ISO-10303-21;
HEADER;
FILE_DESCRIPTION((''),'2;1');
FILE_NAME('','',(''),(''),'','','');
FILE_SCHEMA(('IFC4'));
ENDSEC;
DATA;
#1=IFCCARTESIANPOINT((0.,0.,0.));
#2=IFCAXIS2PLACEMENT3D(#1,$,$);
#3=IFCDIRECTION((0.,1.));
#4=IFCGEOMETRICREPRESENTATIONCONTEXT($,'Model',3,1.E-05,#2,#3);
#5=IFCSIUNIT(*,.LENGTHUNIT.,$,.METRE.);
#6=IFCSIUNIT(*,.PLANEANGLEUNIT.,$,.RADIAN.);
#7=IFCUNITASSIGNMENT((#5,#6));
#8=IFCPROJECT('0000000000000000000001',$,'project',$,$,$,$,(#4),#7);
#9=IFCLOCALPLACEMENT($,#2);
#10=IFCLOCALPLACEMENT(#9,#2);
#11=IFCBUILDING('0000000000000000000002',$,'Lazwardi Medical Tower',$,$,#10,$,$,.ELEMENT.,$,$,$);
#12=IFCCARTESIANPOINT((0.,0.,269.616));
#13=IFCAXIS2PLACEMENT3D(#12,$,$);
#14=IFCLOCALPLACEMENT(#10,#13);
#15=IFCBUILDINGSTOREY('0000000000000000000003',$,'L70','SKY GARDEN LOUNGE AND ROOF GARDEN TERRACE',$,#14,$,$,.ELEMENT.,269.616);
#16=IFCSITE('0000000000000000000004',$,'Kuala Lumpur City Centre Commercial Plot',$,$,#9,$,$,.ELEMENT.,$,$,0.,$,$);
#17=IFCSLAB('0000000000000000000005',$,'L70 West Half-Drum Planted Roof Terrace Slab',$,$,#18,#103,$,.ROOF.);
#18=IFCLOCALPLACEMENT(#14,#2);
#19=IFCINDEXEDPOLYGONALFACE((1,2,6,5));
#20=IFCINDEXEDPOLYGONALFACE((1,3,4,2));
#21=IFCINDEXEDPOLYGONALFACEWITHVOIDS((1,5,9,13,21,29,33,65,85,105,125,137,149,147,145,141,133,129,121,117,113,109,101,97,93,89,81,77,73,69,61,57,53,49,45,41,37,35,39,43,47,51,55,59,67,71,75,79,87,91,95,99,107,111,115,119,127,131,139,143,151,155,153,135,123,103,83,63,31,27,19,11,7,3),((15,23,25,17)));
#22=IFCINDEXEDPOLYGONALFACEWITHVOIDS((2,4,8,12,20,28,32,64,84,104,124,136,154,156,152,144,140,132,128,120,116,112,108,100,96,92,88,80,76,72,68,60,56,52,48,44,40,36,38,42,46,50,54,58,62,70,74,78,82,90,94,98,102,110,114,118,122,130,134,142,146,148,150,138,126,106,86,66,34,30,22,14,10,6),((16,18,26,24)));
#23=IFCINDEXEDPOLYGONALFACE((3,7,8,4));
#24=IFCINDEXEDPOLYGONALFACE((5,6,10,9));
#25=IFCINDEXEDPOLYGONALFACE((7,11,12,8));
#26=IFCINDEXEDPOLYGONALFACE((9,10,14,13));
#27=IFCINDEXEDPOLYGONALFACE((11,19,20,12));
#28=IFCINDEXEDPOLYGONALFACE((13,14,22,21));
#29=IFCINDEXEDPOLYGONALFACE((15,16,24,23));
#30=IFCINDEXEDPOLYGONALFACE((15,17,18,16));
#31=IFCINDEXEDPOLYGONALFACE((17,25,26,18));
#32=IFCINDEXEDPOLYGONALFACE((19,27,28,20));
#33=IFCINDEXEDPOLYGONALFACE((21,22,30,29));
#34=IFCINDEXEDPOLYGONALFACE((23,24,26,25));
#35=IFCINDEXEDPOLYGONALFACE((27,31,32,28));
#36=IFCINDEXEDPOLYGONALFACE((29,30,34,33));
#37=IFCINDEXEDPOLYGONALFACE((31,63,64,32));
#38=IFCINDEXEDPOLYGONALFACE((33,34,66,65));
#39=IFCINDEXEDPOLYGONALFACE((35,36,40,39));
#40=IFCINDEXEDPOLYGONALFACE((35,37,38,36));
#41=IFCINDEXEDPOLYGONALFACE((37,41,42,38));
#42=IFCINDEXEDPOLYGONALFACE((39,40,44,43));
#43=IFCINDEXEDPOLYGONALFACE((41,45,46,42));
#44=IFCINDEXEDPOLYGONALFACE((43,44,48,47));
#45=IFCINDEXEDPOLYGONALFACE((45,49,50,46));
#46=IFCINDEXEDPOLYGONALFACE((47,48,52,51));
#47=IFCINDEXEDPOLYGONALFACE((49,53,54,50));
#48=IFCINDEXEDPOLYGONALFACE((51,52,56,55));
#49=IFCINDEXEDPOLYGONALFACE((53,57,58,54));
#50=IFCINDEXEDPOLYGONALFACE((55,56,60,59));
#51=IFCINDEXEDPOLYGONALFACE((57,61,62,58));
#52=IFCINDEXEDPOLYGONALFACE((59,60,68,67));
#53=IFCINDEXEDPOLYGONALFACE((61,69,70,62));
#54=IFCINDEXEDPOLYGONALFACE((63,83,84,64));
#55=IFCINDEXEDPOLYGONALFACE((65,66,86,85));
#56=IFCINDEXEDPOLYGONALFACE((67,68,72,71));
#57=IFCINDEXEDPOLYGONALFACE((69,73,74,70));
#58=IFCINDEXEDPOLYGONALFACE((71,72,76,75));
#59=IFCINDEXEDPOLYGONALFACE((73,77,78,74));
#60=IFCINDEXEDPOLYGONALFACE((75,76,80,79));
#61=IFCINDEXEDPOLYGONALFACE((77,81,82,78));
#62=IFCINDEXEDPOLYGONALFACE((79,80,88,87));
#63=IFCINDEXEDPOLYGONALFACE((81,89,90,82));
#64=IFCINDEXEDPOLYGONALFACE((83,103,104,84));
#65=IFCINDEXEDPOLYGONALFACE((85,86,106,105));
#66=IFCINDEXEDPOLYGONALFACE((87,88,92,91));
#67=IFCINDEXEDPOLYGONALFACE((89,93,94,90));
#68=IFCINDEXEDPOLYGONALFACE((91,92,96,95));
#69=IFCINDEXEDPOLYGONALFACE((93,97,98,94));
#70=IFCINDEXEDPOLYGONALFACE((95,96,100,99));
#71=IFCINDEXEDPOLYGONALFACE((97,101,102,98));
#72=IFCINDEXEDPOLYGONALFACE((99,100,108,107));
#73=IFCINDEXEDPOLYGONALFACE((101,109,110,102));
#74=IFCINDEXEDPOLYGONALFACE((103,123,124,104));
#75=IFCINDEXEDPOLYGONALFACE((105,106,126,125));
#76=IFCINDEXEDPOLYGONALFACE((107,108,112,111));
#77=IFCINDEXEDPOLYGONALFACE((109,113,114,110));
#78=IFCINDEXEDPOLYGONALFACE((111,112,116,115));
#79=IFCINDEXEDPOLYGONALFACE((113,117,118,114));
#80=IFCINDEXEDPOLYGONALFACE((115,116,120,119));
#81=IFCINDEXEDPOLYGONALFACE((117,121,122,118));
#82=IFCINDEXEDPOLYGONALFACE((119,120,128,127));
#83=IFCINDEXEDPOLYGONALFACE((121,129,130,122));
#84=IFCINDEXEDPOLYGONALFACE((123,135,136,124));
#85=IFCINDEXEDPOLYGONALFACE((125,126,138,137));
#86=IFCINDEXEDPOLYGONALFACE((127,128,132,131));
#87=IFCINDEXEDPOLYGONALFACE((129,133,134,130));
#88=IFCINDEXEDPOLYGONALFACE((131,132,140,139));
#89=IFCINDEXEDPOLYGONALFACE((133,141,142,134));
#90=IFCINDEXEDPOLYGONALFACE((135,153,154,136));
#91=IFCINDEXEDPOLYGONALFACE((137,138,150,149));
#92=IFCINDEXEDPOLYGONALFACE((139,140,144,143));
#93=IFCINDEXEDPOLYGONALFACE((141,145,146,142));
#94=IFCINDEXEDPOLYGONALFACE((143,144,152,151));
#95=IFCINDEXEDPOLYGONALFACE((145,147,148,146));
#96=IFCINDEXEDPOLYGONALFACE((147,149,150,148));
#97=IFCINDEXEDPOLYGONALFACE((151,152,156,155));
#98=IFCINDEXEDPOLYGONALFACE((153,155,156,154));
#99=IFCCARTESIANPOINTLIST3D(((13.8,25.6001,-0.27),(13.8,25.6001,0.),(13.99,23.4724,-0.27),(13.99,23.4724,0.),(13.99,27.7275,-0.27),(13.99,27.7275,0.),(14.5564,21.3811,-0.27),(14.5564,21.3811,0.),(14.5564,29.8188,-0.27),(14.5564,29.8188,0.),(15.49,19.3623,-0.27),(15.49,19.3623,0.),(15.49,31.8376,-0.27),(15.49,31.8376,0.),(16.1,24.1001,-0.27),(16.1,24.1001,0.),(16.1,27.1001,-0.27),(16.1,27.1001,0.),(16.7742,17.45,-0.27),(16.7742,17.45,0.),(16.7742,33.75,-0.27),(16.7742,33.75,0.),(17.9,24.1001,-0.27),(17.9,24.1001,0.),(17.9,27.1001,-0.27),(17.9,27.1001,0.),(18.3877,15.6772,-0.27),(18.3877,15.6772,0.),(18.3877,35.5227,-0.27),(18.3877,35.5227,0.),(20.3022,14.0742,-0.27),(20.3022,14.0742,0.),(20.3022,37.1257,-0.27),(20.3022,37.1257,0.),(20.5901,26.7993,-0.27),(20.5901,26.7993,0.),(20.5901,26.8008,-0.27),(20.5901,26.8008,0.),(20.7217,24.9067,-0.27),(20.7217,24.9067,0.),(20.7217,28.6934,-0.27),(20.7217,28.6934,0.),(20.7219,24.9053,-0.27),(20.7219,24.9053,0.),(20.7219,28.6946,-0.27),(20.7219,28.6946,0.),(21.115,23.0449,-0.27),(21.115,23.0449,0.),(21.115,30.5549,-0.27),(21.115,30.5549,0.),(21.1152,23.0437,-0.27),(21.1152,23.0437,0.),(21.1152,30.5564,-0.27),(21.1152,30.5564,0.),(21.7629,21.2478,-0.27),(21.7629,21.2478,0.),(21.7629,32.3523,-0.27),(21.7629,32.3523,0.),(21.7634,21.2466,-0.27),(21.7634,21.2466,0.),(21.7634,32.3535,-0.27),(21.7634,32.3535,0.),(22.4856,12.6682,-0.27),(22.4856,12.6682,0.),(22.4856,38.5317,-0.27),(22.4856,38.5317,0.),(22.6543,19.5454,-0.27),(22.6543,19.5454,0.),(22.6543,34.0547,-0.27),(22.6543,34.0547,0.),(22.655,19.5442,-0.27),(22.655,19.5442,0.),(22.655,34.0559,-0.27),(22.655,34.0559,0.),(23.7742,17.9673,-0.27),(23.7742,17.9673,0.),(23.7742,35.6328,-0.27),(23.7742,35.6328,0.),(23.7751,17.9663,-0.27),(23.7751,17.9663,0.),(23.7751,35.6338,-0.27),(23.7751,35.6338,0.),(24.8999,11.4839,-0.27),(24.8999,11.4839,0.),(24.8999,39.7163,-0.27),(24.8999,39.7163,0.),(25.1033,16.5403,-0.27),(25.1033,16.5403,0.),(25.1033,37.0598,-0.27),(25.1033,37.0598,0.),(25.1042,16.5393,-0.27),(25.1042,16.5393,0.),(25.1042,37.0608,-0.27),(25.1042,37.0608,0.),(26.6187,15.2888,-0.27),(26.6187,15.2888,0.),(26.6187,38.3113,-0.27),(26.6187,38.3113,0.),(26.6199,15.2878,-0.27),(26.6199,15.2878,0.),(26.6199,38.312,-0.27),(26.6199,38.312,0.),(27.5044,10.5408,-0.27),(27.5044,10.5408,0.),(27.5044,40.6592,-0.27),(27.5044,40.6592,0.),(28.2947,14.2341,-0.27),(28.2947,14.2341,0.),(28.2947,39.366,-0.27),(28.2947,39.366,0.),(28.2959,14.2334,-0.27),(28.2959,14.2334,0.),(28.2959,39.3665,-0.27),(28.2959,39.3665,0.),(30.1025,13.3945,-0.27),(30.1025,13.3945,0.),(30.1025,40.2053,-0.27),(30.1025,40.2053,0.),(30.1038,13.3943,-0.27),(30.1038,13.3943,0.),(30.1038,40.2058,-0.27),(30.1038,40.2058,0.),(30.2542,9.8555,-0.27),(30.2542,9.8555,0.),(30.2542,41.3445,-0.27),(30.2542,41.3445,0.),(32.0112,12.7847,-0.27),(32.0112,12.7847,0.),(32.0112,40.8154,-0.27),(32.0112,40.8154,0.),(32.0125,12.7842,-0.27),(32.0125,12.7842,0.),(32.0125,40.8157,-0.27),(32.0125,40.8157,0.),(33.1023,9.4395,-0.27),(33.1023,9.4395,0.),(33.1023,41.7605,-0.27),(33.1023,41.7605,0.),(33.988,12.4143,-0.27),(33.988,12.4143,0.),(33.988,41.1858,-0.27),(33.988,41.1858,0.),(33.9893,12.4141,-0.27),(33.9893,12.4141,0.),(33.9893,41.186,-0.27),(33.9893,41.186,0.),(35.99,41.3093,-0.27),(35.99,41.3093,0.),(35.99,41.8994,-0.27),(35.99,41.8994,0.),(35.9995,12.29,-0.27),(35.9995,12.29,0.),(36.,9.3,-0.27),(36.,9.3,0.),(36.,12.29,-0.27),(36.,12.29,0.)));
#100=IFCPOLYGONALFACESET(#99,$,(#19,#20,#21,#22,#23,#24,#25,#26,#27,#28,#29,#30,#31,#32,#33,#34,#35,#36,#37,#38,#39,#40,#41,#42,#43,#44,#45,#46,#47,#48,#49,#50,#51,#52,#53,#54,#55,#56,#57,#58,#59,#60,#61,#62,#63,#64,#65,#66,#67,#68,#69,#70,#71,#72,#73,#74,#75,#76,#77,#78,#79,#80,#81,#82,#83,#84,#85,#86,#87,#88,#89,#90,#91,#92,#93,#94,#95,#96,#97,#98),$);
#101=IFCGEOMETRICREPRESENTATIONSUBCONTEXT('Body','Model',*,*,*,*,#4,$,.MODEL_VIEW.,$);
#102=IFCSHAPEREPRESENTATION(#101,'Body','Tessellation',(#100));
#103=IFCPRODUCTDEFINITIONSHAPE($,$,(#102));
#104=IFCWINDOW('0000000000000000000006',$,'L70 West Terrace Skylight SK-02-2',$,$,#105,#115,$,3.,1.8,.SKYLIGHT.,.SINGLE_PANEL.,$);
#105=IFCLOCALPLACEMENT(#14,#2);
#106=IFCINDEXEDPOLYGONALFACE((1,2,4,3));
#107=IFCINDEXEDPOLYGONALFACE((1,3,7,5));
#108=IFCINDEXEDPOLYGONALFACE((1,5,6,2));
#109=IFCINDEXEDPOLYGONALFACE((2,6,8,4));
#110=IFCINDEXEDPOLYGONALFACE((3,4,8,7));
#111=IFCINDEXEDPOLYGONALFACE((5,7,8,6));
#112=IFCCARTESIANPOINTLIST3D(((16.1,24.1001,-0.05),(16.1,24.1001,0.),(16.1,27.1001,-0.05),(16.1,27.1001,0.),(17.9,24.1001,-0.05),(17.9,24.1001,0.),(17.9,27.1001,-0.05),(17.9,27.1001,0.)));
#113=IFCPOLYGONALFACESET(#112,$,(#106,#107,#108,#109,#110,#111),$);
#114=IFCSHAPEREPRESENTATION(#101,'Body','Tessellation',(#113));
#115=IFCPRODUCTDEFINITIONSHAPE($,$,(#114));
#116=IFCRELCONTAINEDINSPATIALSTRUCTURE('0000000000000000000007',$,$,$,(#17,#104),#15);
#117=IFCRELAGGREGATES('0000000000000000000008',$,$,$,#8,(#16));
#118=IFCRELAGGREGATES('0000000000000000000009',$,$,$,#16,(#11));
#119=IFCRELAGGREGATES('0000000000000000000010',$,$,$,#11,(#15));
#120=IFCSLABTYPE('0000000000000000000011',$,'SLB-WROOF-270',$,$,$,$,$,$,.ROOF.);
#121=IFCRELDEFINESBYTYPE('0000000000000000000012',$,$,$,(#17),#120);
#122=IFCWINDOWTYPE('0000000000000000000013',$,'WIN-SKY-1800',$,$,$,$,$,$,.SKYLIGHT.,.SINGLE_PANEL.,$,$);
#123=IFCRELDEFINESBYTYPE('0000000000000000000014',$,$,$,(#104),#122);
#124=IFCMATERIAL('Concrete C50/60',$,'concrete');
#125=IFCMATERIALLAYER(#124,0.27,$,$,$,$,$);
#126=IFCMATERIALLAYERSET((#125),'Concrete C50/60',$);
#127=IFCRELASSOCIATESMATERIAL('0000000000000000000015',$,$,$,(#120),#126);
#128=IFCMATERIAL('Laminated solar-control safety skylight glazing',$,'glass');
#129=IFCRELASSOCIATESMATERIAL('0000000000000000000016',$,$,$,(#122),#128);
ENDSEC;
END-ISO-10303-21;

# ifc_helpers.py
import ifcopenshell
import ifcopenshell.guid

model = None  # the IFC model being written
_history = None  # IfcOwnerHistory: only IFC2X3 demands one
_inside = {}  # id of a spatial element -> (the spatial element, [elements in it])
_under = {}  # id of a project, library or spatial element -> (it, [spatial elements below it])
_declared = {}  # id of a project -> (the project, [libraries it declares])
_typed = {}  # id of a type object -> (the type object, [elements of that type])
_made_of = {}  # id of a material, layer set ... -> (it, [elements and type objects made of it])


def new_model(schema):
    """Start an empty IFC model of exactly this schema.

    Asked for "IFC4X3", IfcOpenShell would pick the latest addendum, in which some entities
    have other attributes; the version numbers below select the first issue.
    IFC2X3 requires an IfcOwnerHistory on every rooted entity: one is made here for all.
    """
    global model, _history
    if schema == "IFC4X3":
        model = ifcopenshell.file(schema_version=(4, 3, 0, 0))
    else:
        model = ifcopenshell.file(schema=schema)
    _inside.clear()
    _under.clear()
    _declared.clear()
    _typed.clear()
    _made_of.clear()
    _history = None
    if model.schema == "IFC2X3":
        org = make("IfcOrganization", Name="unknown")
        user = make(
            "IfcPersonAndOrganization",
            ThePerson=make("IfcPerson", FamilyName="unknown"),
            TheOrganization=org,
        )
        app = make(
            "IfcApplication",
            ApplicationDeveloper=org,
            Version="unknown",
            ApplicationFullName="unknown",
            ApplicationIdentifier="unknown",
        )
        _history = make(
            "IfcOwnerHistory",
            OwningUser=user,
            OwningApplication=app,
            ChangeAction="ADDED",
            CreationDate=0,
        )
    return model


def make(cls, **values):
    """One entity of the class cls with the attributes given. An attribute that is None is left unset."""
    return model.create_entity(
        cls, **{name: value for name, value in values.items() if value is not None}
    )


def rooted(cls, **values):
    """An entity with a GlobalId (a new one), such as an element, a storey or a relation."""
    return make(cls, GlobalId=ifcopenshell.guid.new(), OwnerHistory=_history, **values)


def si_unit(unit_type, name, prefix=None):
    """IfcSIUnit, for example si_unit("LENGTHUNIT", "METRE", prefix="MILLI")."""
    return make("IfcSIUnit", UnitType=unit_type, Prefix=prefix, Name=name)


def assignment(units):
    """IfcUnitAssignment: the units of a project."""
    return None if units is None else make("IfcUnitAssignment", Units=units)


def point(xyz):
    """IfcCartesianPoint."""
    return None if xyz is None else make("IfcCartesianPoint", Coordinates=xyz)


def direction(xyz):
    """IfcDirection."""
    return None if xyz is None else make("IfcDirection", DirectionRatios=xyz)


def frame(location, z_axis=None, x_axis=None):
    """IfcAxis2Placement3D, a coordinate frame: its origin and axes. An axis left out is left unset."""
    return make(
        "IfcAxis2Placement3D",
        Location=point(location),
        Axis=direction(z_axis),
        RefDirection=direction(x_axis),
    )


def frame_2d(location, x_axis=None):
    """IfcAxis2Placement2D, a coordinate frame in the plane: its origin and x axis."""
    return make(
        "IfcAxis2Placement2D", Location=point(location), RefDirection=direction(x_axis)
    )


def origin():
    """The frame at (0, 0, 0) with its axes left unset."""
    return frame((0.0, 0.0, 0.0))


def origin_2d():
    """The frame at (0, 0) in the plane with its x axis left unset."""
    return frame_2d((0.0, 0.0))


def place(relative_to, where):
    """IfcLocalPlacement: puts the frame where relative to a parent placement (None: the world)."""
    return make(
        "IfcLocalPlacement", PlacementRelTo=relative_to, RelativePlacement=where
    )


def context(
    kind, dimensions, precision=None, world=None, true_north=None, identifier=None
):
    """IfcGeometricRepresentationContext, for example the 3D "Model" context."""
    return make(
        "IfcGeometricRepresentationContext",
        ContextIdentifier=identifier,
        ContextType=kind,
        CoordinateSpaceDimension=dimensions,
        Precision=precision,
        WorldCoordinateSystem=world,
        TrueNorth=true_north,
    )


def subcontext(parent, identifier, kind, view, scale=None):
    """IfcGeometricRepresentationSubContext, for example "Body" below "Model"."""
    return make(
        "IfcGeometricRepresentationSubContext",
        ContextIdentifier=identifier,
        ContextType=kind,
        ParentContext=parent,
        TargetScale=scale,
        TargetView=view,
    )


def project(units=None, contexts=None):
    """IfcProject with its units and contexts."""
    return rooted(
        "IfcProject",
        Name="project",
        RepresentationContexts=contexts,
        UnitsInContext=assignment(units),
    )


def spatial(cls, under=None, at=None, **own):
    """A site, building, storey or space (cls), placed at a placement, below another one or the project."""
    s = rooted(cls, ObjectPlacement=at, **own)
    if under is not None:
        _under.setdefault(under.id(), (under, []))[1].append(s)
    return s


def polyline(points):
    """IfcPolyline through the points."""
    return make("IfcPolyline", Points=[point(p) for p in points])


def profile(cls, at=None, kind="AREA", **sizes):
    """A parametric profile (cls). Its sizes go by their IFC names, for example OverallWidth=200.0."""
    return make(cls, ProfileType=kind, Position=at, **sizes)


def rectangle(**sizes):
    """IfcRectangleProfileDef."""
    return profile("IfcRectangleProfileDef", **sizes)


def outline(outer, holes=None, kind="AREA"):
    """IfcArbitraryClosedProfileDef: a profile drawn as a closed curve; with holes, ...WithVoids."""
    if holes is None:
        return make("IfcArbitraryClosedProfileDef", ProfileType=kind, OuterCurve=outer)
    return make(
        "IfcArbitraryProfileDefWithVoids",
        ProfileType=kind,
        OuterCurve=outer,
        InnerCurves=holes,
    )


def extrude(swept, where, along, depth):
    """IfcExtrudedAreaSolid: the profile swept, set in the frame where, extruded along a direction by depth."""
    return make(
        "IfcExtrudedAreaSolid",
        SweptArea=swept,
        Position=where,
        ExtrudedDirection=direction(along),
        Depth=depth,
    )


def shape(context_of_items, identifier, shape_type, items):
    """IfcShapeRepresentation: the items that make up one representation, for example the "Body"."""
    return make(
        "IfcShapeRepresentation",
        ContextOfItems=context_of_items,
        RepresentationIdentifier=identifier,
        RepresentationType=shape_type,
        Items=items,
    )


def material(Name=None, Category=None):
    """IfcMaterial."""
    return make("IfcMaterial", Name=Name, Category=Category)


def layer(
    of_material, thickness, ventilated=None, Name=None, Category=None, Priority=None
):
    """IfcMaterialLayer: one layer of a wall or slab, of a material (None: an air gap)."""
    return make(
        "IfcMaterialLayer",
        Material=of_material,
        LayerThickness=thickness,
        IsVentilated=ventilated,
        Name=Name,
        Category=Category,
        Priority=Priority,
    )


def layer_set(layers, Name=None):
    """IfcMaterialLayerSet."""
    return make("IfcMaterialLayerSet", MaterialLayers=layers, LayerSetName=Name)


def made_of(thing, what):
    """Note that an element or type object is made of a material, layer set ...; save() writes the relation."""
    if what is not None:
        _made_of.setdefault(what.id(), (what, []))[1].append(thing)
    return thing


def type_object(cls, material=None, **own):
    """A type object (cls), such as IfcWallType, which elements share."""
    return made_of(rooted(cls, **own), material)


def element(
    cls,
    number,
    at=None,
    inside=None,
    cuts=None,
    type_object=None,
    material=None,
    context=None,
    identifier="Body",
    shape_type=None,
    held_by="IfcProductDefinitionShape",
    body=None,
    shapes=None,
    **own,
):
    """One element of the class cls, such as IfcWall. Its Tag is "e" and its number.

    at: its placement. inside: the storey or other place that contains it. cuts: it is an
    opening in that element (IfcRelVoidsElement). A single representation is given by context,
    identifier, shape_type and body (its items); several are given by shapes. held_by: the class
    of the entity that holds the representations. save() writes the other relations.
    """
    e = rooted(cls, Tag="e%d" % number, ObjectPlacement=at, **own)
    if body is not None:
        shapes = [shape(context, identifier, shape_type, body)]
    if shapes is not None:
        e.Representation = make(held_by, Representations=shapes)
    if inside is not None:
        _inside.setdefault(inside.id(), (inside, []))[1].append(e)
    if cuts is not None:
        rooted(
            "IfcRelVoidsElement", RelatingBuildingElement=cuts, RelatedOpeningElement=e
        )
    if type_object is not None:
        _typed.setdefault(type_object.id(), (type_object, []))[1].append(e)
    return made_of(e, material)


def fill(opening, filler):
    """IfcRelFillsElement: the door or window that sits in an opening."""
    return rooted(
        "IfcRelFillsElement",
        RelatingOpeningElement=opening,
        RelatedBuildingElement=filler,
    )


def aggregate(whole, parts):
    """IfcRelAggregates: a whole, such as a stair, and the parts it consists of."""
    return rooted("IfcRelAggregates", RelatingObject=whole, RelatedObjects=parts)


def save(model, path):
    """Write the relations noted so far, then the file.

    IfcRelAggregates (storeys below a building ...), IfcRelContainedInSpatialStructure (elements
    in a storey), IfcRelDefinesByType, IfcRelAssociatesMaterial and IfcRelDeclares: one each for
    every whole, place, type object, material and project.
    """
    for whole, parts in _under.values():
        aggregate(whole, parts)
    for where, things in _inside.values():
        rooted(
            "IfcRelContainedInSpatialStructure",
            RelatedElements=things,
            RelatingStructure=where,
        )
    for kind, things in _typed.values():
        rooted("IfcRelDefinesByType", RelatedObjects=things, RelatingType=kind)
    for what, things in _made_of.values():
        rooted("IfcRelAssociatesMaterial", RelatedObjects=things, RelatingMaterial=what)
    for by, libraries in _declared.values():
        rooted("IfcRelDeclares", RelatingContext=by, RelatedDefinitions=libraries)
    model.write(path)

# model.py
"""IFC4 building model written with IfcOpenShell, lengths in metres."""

from ifc_helpers import new_model, si_unit, direction, frame, origin, origin_2d, place, context, subcontext, project, spatial, polyline, rectangle, outline, extrude, material, layer, layer_set, type_object, element, fill, save


model = new_model("IFC4")

# Units and contexts
model_context = context("Model", 3, precision=1e-05, world=origin(), true_north=direction((0.0, 1.0)))
body_context = subcontext(model_context, "Body", "Model", "MODEL_VIEW")
ifc_project = project(units=[si_unit("LENGTHUNIT", "METRE"), si_unit("PLANEANGLEUNIT", "RADIAN")], contexts=[model_context])

# Site, building, storey
site_placement = place(None, origin())
site = spatial("IfcSite", under=ifc_project, at=site_placement, Name="Kuala Lumpur City Centre Commercial Plot", CompositionType="ELEMENT", RefElevation=0.0)
building_placement = place(site_placement, origin())
building = spatial("IfcBuilding", under=site, at=building_placement, Name="Lazwardi Medical Tower", CompositionType="ELEMENT")
storey_placement = place(building_placement, frame((0.0, 0.0, 269.616)))
storey = spatial("IfcBuildingStorey", under=building, at=storey_placement, Name="L70", Description="SKY GARDEN LOUNGE AND ROOF GARDEN TERRACE", CompositionType="ELEMENT", Elevation=269.616)

# Slab, opening, window
ifc_material_1 = material(Name="Concrete C50/60", Category="concrete")
ifc_layer_1 = layer(ifc_material_1, 0.27)
ifc_layer_set_1 = layer_set([ifc_layer_1], Name="Concrete C50/60")
slab_type_1 = type_object("IfcSlabType", Name="SLB-WROOF-270", PredefinedType="ROOF", material=ifc_layer_set_1)
slab_1_placement = place(storey_placement, frame((0.0, 0.0, -0.27)))
slab_1 = element("IfcSlab", 1, at=slab_1_placement, inside=storey, type_object=slab_type_1, Name="L70 West Half-Drum Planted Roof Terrace Slab", PredefinedType="ROOF", context=body_context, shape_type="SweptSolid", body=[
    extrude(outline(polyline([(36.0, 12.29), (35.9995, 12.29), (33.9893, 12.4141), (33.988, 12.4143), (32.0125, 12.7842), (32.0112, 12.7847), (30.1038, 13.3943), (30.1025, 13.3945), (28.2959, 14.2334), (28.2947, 14.2341), (26.6199, 15.2878), (26.6187, 15.2888), (25.1042, 16.5393), (25.1033, 16.5403), (23.7751, 17.9663), (23.7742, 17.9673), (22.655, 19.5442), (22.6543, 19.5454), (21.7634, 21.2466), (21.7629, 21.2478), (21.1152, 23.0437), (21.115, 23.0449), (20.7219, 24.9053), (20.7217, 24.9067), (20.5901, 26.7993), (20.5901, 26.8008), (20.7217, 28.6934), (20.7219, 28.6946), (21.115, 30.5549), (21.1152, 30.5564), (21.7629, 32.3523), (21.7634, 32.3535), (22.6543, 34.0547), (22.655, 34.0559), (23.7742, 35.6328), (23.7751, 35.6338), (25.1033, 37.0598), (25.1042, 37.0608), (26.6187, 38.3113), (26.6199, 38.312), (28.2947, 39.366), (28.2959, 39.3665), (30.1025, 40.2053), (30.1038, 40.2058), (32.0112, 40.8154), (32.0125, 40.8157), (33.988, 41.1858), (33.9893, 41.186), (35.99, 41.3093), (35.99, 41.8994), (33.1023, 41.7605), (30.2542, 41.3445), (27.5044, 40.6592), (24.8999, 39.7163), (22.4856, 38.5317), (20.3022, 37.1257), (18.3877, 35.5227), (16.7742, 33.75), (15.49, 31.8376), (14.5564, 29.8188), (13.99, 27.7275), (13.8, 25.6001), (13.99, 23.4724), (14.5564, 21.3811), (15.49, 19.3623), (16.7742, 17.45), (18.3877, 15.6772), (20.3022, 14.0742), (22.4856, 12.6682), (24.8999, 11.4839), (27.5044, 10.5408), (30.2542, 9.8555), (33.1023, 9.4395), (36.0, 9.3), (36.0, 12.29)])), origin(), (0.0, 0.0, 1.0), 0.27),
])
opening_placement = place(slab_1_placement, frame((17.0, 25.6001, 0.0)))
opening = element("IfcOpeningElement", 2, at=opening_placement, cuts=slab_1, PredefinedType="OPENING", context=body_context, shape_type="SweptSolid", body=[
    extrude(rectangle(XDim=1.8, YDim=3.0, at=origin_2d()), origin(), (0.0, 0.0, 1.0), 0.27),
])
ifc_material_2 = material(Name="Laminated solar-control safety skylight glazing", Category="glass")
window_type = type_object("IfcWindowType", Name="WIN-SKY-1800", PartitioningType="SINGLE_PANEL", PredefinedType="SKYLIGHT", material=ifc_material_2)
window_placement = place(opening_placement, frame((0.0, 0.0, 0.22)))
window = element("IfcWindow", 3, at=window_placement, inside=storey, type_object=window_type, Name="L70 West Terrace Skylight SK-02-2", OverallHeight=3.0, OverallWidth=1.8, PartitioningType="SINGLE_PANEL", PredefinedType="SKYLIGHT", context=body_context, shape_type="SweptSolid", body=[
    extrude(rectangle(XDim=1.8, YDim=3.0, at=origin_2d()), origin(), (0.0, 0.0, 1.0), 0.05),
])
fill(opening, window)

save(model, "model.ifc")
